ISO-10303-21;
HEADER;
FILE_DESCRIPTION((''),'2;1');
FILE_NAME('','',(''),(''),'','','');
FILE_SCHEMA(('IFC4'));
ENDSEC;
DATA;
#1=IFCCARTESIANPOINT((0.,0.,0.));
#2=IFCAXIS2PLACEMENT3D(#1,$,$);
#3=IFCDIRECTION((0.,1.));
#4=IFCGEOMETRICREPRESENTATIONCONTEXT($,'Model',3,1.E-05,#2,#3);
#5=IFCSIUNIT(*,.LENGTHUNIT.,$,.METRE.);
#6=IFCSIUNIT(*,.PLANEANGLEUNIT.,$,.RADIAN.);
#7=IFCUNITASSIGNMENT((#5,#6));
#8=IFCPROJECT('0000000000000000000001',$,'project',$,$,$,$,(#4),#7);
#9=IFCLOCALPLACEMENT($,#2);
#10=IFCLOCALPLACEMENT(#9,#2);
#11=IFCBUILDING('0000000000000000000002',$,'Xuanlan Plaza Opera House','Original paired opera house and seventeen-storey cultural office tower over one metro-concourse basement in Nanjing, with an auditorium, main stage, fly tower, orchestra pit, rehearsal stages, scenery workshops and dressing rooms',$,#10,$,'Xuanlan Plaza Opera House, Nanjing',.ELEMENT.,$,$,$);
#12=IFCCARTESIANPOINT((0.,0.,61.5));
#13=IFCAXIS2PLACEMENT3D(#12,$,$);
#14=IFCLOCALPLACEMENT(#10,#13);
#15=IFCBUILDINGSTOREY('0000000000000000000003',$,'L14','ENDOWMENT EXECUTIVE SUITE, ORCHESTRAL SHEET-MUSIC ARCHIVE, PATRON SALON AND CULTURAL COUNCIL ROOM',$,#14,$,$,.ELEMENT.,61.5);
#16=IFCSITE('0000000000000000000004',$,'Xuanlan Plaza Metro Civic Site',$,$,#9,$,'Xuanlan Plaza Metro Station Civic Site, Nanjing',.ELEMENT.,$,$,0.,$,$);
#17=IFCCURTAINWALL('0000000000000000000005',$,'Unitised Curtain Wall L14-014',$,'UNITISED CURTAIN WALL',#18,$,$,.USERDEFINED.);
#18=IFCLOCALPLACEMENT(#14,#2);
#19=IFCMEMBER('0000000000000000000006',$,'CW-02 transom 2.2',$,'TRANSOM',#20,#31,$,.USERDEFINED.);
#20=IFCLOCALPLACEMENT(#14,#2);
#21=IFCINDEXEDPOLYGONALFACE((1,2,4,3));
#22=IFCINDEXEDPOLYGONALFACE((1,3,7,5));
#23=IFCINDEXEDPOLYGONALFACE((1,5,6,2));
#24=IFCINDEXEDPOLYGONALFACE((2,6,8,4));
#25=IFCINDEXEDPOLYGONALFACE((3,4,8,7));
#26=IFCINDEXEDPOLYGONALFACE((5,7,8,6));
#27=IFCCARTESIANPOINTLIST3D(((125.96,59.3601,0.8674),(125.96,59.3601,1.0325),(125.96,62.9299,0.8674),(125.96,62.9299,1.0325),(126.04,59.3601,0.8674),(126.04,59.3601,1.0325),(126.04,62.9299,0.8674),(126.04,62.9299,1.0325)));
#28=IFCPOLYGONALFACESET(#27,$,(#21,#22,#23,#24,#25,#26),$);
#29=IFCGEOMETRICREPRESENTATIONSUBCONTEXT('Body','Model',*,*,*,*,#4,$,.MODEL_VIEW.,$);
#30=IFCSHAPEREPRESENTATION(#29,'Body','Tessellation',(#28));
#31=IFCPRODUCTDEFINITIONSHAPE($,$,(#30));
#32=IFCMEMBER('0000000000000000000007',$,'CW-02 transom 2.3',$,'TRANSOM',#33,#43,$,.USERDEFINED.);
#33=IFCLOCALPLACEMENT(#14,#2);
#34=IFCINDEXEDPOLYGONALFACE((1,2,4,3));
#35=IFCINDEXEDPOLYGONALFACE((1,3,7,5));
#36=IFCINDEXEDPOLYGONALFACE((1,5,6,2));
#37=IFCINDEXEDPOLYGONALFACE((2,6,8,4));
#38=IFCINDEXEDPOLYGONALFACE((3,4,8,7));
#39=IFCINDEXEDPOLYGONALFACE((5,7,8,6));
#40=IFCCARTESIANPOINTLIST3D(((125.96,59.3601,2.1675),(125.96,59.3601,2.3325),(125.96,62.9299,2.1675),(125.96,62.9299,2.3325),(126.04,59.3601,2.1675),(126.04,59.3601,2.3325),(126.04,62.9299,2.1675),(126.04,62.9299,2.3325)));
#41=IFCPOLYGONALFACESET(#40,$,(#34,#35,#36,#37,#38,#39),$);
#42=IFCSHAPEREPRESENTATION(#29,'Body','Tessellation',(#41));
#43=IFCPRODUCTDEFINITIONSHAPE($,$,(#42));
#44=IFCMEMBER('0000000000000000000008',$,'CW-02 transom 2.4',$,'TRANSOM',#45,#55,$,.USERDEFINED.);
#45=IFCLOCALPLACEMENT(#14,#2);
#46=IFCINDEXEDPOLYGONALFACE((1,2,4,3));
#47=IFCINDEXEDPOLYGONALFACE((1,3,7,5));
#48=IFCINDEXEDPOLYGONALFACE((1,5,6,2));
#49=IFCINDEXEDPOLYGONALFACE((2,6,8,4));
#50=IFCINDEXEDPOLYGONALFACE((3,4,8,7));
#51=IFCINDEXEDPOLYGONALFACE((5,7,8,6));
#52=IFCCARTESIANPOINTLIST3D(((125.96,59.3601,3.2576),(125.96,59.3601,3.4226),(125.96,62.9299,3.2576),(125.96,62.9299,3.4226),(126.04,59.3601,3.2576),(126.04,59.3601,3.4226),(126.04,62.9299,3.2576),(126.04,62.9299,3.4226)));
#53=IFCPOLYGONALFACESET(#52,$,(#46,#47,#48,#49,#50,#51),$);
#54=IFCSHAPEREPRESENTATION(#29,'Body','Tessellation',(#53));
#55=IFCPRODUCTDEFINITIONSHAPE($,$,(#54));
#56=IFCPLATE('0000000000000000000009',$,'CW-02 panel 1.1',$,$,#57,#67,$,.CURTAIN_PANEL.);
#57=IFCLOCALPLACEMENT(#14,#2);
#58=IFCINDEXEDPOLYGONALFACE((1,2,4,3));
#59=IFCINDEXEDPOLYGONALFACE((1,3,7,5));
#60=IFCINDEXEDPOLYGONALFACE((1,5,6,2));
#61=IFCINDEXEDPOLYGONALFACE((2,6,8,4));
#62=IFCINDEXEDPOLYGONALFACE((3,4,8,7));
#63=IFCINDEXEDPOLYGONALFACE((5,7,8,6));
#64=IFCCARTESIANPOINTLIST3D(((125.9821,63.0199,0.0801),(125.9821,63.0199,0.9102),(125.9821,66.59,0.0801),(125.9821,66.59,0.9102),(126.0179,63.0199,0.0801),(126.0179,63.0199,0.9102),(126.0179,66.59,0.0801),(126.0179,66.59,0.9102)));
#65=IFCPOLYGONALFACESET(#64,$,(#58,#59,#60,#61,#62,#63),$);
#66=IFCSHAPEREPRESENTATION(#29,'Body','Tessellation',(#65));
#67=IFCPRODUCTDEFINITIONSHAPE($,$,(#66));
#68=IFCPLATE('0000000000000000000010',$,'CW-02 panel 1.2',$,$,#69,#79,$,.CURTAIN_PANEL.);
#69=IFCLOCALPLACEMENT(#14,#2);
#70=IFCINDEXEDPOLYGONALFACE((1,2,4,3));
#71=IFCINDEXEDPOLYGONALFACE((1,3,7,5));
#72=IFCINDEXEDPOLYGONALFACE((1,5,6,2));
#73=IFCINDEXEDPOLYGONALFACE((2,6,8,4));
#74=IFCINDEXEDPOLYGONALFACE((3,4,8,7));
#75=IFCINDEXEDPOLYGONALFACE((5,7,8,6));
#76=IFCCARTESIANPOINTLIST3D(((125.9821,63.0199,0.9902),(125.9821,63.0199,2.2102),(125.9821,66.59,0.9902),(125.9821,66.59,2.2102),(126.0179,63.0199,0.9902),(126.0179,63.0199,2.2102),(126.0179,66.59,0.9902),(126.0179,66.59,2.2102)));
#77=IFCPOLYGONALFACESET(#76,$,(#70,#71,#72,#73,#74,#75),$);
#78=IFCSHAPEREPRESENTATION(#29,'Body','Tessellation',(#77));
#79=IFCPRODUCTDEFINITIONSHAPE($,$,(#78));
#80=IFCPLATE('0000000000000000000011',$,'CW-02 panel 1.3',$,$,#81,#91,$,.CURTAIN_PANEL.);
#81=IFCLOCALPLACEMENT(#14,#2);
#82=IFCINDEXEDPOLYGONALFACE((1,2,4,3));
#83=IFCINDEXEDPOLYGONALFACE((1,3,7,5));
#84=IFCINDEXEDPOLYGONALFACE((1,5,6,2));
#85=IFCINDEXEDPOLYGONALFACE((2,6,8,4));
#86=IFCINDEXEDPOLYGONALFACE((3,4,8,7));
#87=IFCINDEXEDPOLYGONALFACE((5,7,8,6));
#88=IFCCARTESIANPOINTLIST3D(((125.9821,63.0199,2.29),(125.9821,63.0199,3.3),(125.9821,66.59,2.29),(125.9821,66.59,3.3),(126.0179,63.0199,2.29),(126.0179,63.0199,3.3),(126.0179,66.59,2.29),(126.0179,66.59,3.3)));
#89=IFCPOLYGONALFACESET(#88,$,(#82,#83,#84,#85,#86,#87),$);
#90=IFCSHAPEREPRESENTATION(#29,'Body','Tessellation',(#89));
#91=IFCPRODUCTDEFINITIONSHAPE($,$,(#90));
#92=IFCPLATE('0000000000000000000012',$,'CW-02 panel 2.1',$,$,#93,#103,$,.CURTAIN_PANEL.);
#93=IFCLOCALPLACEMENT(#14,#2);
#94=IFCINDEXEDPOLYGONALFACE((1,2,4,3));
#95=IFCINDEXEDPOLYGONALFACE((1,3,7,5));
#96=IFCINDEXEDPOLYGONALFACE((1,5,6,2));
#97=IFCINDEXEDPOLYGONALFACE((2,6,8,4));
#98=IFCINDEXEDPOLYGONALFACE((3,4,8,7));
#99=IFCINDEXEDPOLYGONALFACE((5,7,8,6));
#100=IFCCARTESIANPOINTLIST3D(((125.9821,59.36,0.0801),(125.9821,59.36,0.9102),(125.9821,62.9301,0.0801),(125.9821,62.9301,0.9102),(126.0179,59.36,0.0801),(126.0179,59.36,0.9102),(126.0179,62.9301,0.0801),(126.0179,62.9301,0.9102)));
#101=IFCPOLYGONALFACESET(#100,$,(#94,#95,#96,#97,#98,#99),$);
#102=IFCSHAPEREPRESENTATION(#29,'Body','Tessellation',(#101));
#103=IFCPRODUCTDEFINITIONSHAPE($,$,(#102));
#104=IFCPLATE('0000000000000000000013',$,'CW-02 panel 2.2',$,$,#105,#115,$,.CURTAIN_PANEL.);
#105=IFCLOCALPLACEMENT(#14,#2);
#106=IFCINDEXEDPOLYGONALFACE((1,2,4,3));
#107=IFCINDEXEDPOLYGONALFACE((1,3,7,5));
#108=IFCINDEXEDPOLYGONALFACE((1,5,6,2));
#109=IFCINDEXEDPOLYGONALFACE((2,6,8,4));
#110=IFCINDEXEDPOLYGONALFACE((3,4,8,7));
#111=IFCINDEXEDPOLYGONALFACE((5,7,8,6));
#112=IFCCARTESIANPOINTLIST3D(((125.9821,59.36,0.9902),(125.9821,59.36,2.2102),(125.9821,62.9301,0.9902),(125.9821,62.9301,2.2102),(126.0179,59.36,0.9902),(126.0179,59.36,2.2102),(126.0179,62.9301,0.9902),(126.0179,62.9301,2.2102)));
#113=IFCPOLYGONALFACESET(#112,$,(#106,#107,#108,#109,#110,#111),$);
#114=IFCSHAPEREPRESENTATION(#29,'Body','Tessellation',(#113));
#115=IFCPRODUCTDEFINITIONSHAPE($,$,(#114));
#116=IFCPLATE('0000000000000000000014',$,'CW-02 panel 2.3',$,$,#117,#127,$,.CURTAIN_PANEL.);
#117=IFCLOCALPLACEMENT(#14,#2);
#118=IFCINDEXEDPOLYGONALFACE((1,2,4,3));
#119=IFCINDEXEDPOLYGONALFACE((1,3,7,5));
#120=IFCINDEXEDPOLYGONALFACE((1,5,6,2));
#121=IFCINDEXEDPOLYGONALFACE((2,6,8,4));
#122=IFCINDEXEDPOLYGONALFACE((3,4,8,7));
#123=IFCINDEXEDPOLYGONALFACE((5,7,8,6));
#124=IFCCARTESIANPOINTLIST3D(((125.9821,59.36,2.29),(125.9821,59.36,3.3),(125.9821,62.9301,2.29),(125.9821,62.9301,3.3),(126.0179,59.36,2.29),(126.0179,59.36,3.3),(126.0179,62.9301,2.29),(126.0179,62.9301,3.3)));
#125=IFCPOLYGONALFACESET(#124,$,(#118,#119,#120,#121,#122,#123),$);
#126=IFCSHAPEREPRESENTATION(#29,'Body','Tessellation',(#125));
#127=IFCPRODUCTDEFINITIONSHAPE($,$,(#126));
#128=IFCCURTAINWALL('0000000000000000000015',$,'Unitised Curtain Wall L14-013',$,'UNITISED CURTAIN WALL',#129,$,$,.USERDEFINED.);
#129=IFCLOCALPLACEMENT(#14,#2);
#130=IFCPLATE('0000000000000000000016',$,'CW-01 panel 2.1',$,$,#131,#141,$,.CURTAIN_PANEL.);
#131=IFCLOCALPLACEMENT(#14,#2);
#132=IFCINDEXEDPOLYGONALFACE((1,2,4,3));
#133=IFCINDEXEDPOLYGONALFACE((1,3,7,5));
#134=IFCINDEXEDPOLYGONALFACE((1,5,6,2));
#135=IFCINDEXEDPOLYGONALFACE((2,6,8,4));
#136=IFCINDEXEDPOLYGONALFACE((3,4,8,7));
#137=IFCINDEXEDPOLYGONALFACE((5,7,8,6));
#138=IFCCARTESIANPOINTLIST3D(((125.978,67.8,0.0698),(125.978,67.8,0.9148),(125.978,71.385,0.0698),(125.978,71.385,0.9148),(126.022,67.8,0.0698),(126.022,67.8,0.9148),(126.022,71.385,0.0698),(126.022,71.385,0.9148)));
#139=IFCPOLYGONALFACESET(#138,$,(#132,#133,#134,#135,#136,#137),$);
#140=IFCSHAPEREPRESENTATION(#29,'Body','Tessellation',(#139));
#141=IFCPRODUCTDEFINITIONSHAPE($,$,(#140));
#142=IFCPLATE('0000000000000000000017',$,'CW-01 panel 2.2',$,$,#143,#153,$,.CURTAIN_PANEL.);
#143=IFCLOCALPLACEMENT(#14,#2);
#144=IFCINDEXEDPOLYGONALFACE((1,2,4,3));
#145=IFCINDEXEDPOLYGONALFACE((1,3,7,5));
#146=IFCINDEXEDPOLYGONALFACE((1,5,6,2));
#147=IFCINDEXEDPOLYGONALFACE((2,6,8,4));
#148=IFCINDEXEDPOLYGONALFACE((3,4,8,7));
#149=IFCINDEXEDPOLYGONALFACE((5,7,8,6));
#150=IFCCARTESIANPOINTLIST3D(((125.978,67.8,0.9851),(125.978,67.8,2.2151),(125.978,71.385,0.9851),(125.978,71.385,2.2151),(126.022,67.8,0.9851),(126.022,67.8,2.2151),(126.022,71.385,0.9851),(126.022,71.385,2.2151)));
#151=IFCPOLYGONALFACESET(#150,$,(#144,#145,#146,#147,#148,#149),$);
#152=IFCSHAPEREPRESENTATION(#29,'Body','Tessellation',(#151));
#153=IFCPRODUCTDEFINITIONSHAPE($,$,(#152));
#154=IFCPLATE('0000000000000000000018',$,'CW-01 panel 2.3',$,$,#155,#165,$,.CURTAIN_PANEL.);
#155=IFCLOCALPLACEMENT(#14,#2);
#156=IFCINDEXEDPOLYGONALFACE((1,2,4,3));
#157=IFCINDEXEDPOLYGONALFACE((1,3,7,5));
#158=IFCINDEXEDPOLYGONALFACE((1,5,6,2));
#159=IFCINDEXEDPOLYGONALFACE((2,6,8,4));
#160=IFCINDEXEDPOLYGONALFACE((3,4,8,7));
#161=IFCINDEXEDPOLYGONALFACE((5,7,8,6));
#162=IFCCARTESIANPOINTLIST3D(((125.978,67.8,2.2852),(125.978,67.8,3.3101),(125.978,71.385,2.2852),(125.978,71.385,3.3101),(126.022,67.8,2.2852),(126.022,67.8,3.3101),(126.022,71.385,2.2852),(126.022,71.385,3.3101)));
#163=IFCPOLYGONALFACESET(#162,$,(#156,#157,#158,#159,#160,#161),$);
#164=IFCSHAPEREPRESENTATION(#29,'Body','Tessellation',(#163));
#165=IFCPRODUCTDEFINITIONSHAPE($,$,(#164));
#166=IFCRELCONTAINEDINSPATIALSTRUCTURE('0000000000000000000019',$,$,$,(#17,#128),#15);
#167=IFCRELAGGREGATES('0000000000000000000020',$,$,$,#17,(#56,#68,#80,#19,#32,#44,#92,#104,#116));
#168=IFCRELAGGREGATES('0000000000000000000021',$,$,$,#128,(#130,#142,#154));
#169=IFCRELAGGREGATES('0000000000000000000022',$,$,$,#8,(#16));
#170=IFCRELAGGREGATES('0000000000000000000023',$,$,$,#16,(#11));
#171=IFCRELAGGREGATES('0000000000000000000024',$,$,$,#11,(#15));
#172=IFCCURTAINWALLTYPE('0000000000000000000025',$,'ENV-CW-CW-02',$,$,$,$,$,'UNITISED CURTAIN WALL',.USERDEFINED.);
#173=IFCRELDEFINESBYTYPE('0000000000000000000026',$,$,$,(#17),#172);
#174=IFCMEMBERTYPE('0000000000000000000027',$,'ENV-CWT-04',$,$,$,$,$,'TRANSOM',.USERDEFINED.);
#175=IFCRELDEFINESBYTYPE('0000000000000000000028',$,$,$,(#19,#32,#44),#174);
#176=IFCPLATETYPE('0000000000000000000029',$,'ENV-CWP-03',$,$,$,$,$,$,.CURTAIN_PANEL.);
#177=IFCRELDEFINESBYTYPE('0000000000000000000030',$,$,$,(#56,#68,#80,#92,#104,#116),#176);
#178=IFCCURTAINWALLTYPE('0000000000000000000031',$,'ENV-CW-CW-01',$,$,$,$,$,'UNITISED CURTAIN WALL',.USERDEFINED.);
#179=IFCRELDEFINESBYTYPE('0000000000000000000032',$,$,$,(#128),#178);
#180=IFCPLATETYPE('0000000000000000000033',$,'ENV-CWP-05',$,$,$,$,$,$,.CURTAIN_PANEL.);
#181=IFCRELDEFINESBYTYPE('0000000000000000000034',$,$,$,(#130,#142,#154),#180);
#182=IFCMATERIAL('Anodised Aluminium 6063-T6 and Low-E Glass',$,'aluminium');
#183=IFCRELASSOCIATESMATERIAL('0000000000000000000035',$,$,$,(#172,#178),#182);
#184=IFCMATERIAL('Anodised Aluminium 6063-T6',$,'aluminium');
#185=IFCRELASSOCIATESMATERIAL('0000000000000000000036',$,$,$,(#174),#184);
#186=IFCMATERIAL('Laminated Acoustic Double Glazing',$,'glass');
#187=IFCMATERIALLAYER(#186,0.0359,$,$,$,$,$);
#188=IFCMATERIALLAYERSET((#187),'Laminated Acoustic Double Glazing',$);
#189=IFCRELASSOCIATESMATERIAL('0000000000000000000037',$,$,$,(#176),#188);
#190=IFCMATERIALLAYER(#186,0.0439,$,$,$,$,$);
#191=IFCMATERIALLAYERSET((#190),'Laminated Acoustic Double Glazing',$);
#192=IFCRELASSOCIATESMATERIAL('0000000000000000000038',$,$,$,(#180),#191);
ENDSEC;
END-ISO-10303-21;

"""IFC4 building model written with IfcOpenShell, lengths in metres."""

from ifc_helpers import new_model, si_unit, direction, frame, origin, origin_2d, place, context, subcontext, project, spatial, rectangle, extrude, material, layer, layer_set, material_profile, profile_set, type_object, element, aggregate, save


model = new_model("IFC4")

# Units and contexts
model_context = context("Model", 3, precision=1e-05, world=origin(), true_north=direction((0.0, 1.0)))
body_context = subcontext(model_context, "Body", "Model", "MODEL_VIEW")
ifc_project = project(units=[si_unit("LENGTHUNIT", "METRE"), si_unit("PLANEANGLEUNIT", "RADIAN")], contexts=[model_context])

# Site, building, storey
site_placement = place(None, origin())
site = spatial("IfcSite", under=ifc_project, at=site_placement, Name="Xuanlan Plaza Metro Civic Site", LongName="Xuanlan Plaza Metro Station Civic Site, Nanjing", CompositionType="ELEMENT", RefElevation=0.0)
building_placement = place(site_placement, origin())
building = spatial("IfcBuilding", under=site, at=building_placement, Name="Xuanlan Plaza Opera House", Description="Original paired opera house and seventeen-storey cultural office tower over one metro-concourse basement in Nanjing, with an auditorium, main stage, fly tower, orchestra pit, rehearsal stages, scenery workshops and dressing rooms", LongName="Xuanlan Plaza Opera House, Nanjing", CompositionType="ELEMENT")
storey_placement = place(building_placement, frame((0.0, 0.0, 61.5)))
storey = spatial("IfcBuildingStorey", under=building, at=storey_placement, Name="L14", Description="ENDOWMENT EXECUTIVE SUITE, ORCHESTRAL SHEET-MUSIC ARCHIVE, PATRON SALON AND CULTURAL COUNCIL ROOM", CompositionType="ELEMENT", Elevation=61.5)

# Shared definitions
ifc_material_1 = material(Name="Anodised Aluminium 6063-T6 and Low-E Glass", Category="aluminium")
ifc_material_2 = material(Name="Anodised Aluminium 6063-T6", Category="aluminium")

# Curtain wall
curtain_wall_type_1 = type_object("IfcCurtainWallType", Name="ENV-CW-CW-02", ElementType="UNITISED CURTAIN WALL", PredefinedType="USERDEFINED", material=ifc_material_1)
curtain_wall_1_placement = place(storey_placement, origin())
curtain_wall_1 = element("IfcCurtainWall", 1, at=curtain_wall_1_placement, inside=storey, type_object=curtain_wall_type_1, Name="Unitised Curtain Wall L14-014", ObjectType="UNITISED CURTAIN WALL", PredefinedType="USERDEFINED")

# Members
ifc_material_profile_1 = material_profile(ifc_material_2, rectangle(XDim=0.0801, YDim=0.165, at=origin_2d()), Name="ALU-T 80x165")
ifc_profile_set_1 = profile_set([ifc_material_profile_1], Name="Anodised Aluminium 6063-T6")
member_type_1 = type_object("IfcMemberType", Name="ENV-CWT-04", ElementType="TRANSOM", PredefinedType="USERDEFINED", material=ifc_profile_set_1)
member_1_placement = place(storey_placement, frame((126.0, 62.9299, 0.95), z_axis=(0.0, -1.0, 0.0), x_axis=(1.0, 0.0, 0.0)))
member_1 = element("IfcMember", 2, at=member_1_placement, type_object=member_type_1, Name="CW-02 transom 2.2", ObjectType="TRANSOM", PredefinedType="USERDEFINED", context=body_context, shape_type="SweptSolid", body=[
    extrude(rectangle(XDim=0.0801, YDim=0.165, at=origin_2d()), origin(), (0.0, 0.0, 1.0), 3.5698),
])
member_2_placement = place(storey_placement, frame((126.0, 62.9299, 2.25), z_axis=(0.0, -1.0, 0.0), x_axis=(1.0, 0.0, 0.0)))
member_2 = element("IfcMember", 3, at=member_2_placement, type_object=member_type_1, Name="CW-02 transom 2.3", ObjectType="TRANSOM", PredefinedType="USERDEFINED", context=body_context, shape_type="SweptSolid", body=[
    extrude(rectangle(XDim=0.0801, YDim=0.165, at=origin_2d()), origin(), (0.0, 0.0, 1.0), 3.5698),
])
member_3_placement = place(storey_placement, frame((126.0, 62.9299, 3.3401), z_axis=(0.0, -1.0, 0.0), x_axis=(1.0, 0.0, 0.0)))
member_3 = element("IfcMember", 4, at=member_3_placement, type_object=member_type_1, Name="CW-02 transom 2.4", ObjectType="TRANSOM", PredefinedType="USERDEFINED", context=body_context, shape_type="SweptSolid", body=[
    extrude(rectangle(XDim=0.0801, YDim=0.165, at=origin_2d()), origin(), (0.0, 0.0, 1.0), 3.5698),
])

# Plates
ifc_material_3 = material(Name="Laminated Acoustic Double Glazing", Category="glass")
ifc_layer_1 = layer(ifc_material_3, 0.0359)
ifc_layer_set_1 = layer_set([ifc_layer_1], Name="Laminated Acoustic Double Glazing")
plate_type_1 = type_object("IfcPlateType", Name="ENV-CWP-03", PredefinedType="CURTAIN_PANEL", material=ifc_layer_set_1)
plate_1_placement = place(storey_placement, frame((126.0, 64.8049, 0.0801), z_axis=(0.0, 0.0, 1.0), x_axis=(0.0, -1.0, 0.0)))
plate_1 = element("IfcPlate", 5, at=plate_1_placement, type_object=plate_type_1, Name="CW-02 panel 1.1", PredefinedType="CURTAIN_PANEL", context=body_context, shape_type="SweptSolid", body=[
    extrude(rectangle(XDim=3.5701, YDim=0.0359, at=origin_2d()), origin(), (0.0, 0.0, 1.0), 0.8301),
])
plate_2_placement = place(storey_placement, frame((126.0, 64.8049, 0.9902), z_axis=(0.0, 0.0, 1.0), x_axis=(0.0, -1.0, 0.0)))
plate_2 = element("IfcPlate", 6, at=plate_2_placement, type_object=plate_type_1, Name="CW-02 panel 1.2", PredefinedType="CURTAIN_PANEL", context=body_context, shape_type="SweptSolid", body=[
    extrude(rectangle(XDim=3.5701, YDim=0.0359, at=origin_2d()), origin(), (0.0, 0.0, 1.0), 1.22),
])
plate_3_placement = place(storey_placement, frame((126.0, 64.8049, 2.29), z_axis=(0.0, 0.0, 1.0), x_axis=(0.0, -1.0, 0.0)))
plate_3 = element("IfcPlate", 7, at=plate_3_placement, type_object=plate_type_1, Name="CW-02 panel 1.3", PredefinedType="CURTAIN_PANEL", context=body_context, shape_type="SweptSolid", body=[
    extrude(rectangle(XDim=3.5701, YDim=0.0359, at=origin_2d()), origin(), (0.0, 0.0, 1.0), 1.01),
])
plate_4_placement = place(storey_placement, frame((126.0, 61.145, 0.0801), z_axis=(0.0, 0.0, 1.0), x_axis=(0.0, -1.0, 0.0)))
plate_4 = element("IfcPlate", 8, at=plate_4_placement, type_object=plate_type_1, Name="CW-02 panel 2.1", PredefinedType="CURTAIN_PANEL", context=body_context, shape_type="SweptSolid", body=[
    extrude(rectangle(XDim=3.5701, YDim=0.0359, at=origin_2d()), origin(), (0.0, 0.0, 1.0), 0.8301),
])
plate_5_placement = place(storey_placement, frame((126.0, 61.145, 0.9902), z_axis=(0.0, 0.0, 1.0), x_axis=(0.0, -1.0, 0.0)))
plate_5 = element("IfcPlate", 9, at=plate_5_placement, type_object=plate_type_1, Name="CW-02 panel 2.2", PredefinedType="CURTAIN_PANEL", context=body_context, shape_type="SweptSolid", body=[
    extrude(rectangle(XDim=3.5701, YDim=0.0359, at=origin_2d()), origin(), (0.0, 0.0, 1.0), 1.22),
])
plate_6_placement = place(storey_placement, frame((126.0, 61.145, 2.29), z_axis=(0.0, 0.0, 1.0), x_axis=(0.0, -1.0, 0.0)))
plate_6 = element("IfcPlate", 10, at=plate_6_placement, type_object=plate_type_1, Name="CW-02 panel 2.3", PredefinedType="CURTAIN_PANEL", context=body_context, shape_type="SweptSolid", body=[
    extrude(rectangle(XDim=3.5701, YDim=0.0359, at=origin_2d()), origin(), (0.0, 0.0, 1.0), 1.01),
])
aggregate(curtain_wall_1, [plate_1, plate_2, plate_3, member_1, member_2, member_3, plate_4, plate_5, plate_6])

# Curtain wall, plates
curtain_wall_type_2 = type_object("IfcCurtainWallType", Name="ENV-CW-CW-01", ElementType="UNITISED CURTAIN WALL", PredefinedType="USERDEFINED", material=ifc_material_1)
curtain_wall_2_placement = place(storey_placement, origin())
curtain_wall_2 = element("IfcCurtainWall", 11, at=curtain_wall_2_placement, inside=storey, type_object=curtain_wall_type_2, Name="Unitised Curtain Wall L14-013", ObjectType="UNITISED CURTAIN WALL", PredefinedType="USERDEFINED")
ifc_layer_2 = layer(ifc_material_3, 0.0439)
ifc_layer_set_2 = layer_set([ifc_layer_2], Name="Laminated Acoustic Double Glazing")
plate_type_2 = type_object("IfcPlateType", Name="ENV-CWP-05", PredefinedType="CURTAIN_PANEL", material=ifc_layer_set_2)
plate_7_placement = place(storey_placement, frame((126.0, 69.5925, 0.0698), z_axis=(0.0, 0.0, 1.0), x_axis=(0.0, -1.0, 0.0)))
plate_7 = element("IfcPlate", 12, at=plate_7_placement, type_object=plate_type_2, Name="CW-01 panel 2.1", PredefinedType="CURTAIN_PANEL", context=body_context, shape_type="SweptSolid", body=[
    extrude(rectangle(XDim=3.585, YDim=0.0439, at=origin_2d()), origin(), (0.0, 0.0, 1.0), 0.845),
])
plate_8_placement = place(storey_placement, frame((126.0, 69.5925, 0.9851), z_axis=(0.0, 0.0, 1.0), x_axis=(0.0, -1.0, 0.0)))
plate_8 = element("IfcPlate", 13, at=plate_8_placement, type_object=plate_type_2, Name="CW-01 panel 2.2", PredefinedType="CURTAIN_PANEL", context=body_context, shape_type="SweptSolid", body=[
    extrude(rectangle(XDim=3.585, YDim=0.0439, at=origin_2d()), origin(), (0.0, 0.0, 1.0), 1.23),
])
plate_9_placement = place(storey_placement, frame((126.0, 69.5925, 2.2852), z_axis=(0.0, 0.0, 1.0), x_axis=(0.0, -1.0, 0.0)))
plate_9 = element("IfcPlate", 14, at=plate_9_placement, type_object=plate_type_2, Name="CW-01 panel 2.3", PredefinedType="CURTAIN_PANEL", context=body_context, shape_type="SweptSolid", body=[
    extrude(rectangle(XDim=3.585, YDim=0.0439, at=origin_2d()), origin(), (0.0, 0.0, 1.0), 1.0249),
])
aggregate(curtain_wall_2, [plate_7, plate_8, plate_9])

save(model, "model.ifc")
